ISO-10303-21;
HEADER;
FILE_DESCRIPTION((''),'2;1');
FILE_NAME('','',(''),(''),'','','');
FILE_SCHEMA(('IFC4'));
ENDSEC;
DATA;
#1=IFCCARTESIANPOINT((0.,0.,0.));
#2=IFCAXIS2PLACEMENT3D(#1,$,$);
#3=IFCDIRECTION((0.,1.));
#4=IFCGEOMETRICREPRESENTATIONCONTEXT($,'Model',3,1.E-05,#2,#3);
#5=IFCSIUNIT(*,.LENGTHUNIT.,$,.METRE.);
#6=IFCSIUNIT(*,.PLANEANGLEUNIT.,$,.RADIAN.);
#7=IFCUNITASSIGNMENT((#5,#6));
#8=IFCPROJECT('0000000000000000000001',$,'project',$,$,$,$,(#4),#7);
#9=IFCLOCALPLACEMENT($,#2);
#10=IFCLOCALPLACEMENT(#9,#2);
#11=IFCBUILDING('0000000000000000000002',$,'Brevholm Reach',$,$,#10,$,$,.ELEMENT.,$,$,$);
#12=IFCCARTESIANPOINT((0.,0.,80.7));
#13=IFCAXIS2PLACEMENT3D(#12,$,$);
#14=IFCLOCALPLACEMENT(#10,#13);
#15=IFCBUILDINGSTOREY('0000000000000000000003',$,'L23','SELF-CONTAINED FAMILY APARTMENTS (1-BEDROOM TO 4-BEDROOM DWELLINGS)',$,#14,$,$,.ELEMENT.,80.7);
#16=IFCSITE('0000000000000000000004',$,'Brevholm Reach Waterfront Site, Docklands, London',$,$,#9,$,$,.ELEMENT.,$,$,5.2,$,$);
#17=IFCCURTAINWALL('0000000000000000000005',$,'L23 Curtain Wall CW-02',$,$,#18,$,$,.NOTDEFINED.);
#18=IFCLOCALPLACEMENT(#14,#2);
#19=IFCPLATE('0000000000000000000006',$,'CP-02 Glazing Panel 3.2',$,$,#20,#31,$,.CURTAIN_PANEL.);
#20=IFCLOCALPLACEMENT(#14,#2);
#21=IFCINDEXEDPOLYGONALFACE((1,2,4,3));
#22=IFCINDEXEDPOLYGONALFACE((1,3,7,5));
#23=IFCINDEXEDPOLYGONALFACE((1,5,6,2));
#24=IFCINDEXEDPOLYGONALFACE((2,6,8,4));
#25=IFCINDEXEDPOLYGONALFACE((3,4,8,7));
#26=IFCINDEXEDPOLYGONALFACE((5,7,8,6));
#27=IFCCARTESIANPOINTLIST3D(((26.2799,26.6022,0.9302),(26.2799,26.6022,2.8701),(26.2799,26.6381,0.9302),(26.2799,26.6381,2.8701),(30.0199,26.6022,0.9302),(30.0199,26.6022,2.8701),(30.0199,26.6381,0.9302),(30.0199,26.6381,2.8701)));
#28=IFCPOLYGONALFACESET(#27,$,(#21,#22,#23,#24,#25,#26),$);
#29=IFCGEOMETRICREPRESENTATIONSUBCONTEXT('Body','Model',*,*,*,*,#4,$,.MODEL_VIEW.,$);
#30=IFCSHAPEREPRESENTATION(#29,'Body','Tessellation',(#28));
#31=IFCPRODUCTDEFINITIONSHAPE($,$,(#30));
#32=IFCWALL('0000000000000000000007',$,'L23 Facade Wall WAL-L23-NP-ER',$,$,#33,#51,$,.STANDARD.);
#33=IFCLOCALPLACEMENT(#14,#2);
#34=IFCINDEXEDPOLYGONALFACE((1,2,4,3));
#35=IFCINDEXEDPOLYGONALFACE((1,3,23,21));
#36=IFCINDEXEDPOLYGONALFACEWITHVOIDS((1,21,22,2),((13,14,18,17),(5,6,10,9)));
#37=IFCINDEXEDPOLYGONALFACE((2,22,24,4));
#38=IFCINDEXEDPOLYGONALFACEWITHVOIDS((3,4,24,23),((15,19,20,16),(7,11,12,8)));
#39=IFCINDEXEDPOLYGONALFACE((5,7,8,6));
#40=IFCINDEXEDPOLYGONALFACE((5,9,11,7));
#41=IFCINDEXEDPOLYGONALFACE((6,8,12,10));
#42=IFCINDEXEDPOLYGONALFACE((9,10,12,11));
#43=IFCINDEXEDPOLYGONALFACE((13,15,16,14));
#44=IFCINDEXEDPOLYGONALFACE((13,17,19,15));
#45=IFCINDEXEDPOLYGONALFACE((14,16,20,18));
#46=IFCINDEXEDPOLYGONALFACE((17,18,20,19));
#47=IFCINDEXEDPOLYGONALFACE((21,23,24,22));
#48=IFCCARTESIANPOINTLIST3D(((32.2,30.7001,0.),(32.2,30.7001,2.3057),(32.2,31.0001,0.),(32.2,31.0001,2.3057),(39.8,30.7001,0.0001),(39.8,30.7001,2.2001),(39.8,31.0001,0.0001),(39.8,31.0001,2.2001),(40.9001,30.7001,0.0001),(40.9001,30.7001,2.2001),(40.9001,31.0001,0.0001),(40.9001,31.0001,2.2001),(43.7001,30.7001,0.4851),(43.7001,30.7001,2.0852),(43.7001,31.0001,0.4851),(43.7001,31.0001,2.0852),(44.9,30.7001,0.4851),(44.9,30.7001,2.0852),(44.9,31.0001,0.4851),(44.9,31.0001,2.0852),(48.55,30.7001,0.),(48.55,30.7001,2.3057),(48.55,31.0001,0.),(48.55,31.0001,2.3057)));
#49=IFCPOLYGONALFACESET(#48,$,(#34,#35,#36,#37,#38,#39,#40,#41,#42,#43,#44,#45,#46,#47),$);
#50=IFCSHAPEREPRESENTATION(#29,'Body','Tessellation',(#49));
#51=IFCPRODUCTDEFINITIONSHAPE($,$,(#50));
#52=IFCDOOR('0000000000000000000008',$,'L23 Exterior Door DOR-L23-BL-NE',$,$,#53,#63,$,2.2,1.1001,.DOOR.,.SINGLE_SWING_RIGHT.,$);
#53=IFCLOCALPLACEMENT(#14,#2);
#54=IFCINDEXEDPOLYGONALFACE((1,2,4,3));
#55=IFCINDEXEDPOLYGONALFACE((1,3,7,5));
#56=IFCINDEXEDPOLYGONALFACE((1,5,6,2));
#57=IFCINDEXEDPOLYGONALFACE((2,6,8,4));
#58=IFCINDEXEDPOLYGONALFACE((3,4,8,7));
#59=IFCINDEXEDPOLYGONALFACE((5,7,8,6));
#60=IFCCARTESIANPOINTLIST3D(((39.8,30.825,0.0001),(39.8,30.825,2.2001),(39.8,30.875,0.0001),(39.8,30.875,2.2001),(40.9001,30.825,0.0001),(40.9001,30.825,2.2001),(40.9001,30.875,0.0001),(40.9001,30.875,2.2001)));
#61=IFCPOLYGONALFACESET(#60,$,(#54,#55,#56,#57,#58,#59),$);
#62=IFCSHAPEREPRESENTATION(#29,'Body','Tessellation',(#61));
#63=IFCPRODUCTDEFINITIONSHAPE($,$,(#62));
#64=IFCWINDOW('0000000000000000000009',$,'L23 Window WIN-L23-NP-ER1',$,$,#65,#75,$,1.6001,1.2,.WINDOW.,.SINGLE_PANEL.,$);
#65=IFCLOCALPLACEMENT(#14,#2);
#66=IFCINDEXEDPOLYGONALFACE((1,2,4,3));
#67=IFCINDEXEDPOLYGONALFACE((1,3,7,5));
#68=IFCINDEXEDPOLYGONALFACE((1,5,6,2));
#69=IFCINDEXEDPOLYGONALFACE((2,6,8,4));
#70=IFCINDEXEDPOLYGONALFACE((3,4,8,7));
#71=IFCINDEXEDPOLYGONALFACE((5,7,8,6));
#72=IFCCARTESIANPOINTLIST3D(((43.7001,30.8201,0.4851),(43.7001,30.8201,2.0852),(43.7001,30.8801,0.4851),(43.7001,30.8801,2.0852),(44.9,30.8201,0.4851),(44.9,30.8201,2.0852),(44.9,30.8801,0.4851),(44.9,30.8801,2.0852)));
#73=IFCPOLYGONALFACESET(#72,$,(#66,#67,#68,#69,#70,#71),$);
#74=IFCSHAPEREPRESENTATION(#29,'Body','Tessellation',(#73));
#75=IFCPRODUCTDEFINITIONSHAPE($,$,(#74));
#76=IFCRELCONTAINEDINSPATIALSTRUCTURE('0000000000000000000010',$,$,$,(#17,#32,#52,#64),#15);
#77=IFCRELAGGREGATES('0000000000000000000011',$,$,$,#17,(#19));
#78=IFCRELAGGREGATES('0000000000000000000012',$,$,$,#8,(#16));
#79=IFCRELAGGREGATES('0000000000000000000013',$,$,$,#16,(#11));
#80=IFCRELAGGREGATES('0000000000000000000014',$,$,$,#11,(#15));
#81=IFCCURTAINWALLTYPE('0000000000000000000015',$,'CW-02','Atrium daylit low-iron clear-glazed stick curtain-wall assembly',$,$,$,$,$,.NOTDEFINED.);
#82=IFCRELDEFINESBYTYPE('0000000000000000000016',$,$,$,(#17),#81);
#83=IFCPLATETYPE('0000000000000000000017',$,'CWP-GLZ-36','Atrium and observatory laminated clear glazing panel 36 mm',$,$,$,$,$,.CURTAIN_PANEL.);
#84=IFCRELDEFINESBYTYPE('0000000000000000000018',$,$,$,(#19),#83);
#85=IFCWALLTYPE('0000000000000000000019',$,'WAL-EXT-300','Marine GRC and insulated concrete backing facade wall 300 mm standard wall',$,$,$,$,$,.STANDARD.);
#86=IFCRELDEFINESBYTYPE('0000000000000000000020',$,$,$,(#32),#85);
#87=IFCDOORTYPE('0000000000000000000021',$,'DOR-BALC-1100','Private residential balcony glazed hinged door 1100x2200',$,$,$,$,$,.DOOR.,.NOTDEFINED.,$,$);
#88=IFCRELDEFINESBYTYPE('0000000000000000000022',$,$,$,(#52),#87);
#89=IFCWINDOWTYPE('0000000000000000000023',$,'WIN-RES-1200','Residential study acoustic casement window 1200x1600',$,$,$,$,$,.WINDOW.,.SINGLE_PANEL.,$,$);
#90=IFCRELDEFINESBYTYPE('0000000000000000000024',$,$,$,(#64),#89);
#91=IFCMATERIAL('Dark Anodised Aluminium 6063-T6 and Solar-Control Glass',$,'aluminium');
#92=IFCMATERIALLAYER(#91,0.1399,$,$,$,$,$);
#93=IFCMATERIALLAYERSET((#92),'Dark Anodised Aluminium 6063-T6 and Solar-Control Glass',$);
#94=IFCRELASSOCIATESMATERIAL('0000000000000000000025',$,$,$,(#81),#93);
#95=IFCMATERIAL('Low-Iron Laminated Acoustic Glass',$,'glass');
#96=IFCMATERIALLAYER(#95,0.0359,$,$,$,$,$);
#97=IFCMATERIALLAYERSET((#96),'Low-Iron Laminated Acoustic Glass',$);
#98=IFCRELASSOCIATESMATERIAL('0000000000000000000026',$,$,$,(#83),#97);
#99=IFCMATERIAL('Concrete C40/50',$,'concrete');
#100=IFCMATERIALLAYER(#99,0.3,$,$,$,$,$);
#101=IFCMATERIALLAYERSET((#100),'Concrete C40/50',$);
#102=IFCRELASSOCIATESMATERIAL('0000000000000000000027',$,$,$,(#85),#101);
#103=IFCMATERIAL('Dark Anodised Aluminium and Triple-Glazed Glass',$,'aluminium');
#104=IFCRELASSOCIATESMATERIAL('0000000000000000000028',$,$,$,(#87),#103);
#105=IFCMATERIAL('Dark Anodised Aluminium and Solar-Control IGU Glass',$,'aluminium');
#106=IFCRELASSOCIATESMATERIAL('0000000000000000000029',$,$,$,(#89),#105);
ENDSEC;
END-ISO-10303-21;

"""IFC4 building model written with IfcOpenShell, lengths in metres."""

from ifc_helpers import new_model, si_unit, direction, frame, frame_2d, origin, origin_2d, place, context, subcontext, project, spatial, rectangle, extrude, material, layer, layer_set, type_object, element, fill, aggregate, save


model = new_model("IFC4")

# Units and contexts
model_context = context("Model", 3, precision=1e-05, world=origin(), true_north=direction((0.0, 1.0)))
body_context = subcontext(model_context, "Body", "Model", "MODEL_VIEW")
ifc_project = project(units=[si_unit("LENGTHUNIT", "METRE"), si_unit("PLANEANGLEUNIT", "RADIAN")], contexts=[model_context])

# Site, building, storey
site_placement = place(None, origin())
site = spatial("IfcSite", under=ifc_project, at=site_placement, Name="Brevholm Reach Waterfront Site, Docklands, London", CompositionType="ELEMENT", RefElevation=5.2)
building_placement = place(site_placement, origin())
building = spatial("IfcBuilding", under=site, at=building_placement, Name="Brevholm Reach", CompositionType="ELEMENT")
storey_placement = place(building_placement, frame((0.0, 0.0, 80.7)))
storey = spatial("IfcBuildingStorey", under=building, at=storey_placement, Name="L23", Description="SELF-CONTAINED FAMILY APARTMENTS (1-BEDROOM TO 4-BEDROOM DWELLINGS)", CompositionType="ELEMENT", Elevation=80.7)

# Curtain wall
ifc_material_1 = material(Name="Dark Anodised Aluminium 6063-T6 and Solar-Control Glass", Category="aluminium")
ifc_layer_1 = layer(ifc_material_1, 0.1399)
ifc_layer_set_1 = layer_set([ifc_layer_1], Name="Dark Anodised Aluminium 6063-T6 and Solar-Control Glass")
curtain_wall_type_1 = type_object("IfcCurtainWallType", Name="CW-02", Description="Atrium daylit low-iron clear-glazed stick curtain-wall assembly", PredefinedType="NOTDEFINED", material=ifc_layer_set_1)
curtain_wall_1_placement = place(storey_placement, origin())
curtain_wall_1 = element("IfcCurtainWall", 1, at=curtain_wall_1_placement, inside=storey, type_object=curtain_wall_type_1, Name="L23 Curtain Wall CW-02", PredefinedType="NOTDEFINED")

# Plate
ifc_material_2 = material(Name="Low-Iron Laminated Acoustic Glass", Category="glass")
ifc_layer_2 = layer(ifc_material_2, 0.0359)
ifc_layer_set_2 = layer_set([ifc_layer_2], Name="Low-Iron Laminated Acoustic Glass")
plate_type_1 = type_object("IfcPlateType", Name="CWP-GLZ-36", Description="Atrium and observatory laminated clear glazing panel 36 mm", PredefinedType="CURTAIN_PANEL", material=ifc_layer_set_2)
plate_1_placement = place(storey_placement, frame((28.1499, 26.6201, 0.9302), z_axis=(0.0, 0.0, 1.0), x_axis=(-1.0, 0.0, 0.0)))
plate_1 = element("IfcPlate", 2, at=plate_1_placement, type_object=plate_type_1, Name="CP-02 Glazing Panel 3.2", PredefinedType="CURTAIN_PANEL", context=body_context, shape_type="SweptSolid", body=[
    extrude(rectangle(XDim=3.74, YDim=0.0359, at=origin_2d()), origin(), (0.0, 0.0, 1.0), 1.9399),
])
aggregate(curtain_wall_1, [plate_1])

# Wall, openings, door, window
ifc_material_3 = material(Name="Concrete C40/50", Category="concrete")
ifc_layer_3 = layer(ifc_material_3, 0.3)
ifc_layer_set_3 = layer_set([ifc_layer_3], Name="Concrete C40/50")
wall_type = type_object("IfcWallType", Name="WAL-EXT-300", Description="Marine GRC and insulated concrete backing facade wall 300 mm standard wall", PredefinedType="STANDARD", material=ifc_layer_set_3)
wall_placement = place(storey_placement, frame((32.2, 30.8501, 0.0), z_axis=(0.0, 0.0, 1.0), x_axis=(1.0, 0.0, 0.0)))
wall = element("IfcWall", 3, at=wall_placement, inside=storey, type_object=wall_type, Name="L23 Facade Wall WAL-L23-NP-ER", PredefinedType="STANDARD", context=body_context, shape_type="SweptSolid", body=[
    extrude(rectangle(XDim=16.3501, YDim=0.3, at=frame_2d((8.175, 0.0))), origin(), (0.0, 0.0, 1.0), 2.3057),
])
opening_1_placement = place(wall_placement, frame((7.6001, 0.0, 0.0)))
opening_1 = element("IfcOpeningElement", 4, at=opening_1_placement, cuts=wall, PredefinedType="OPENING", context=body_context, shape_type="SweptSolid", body=[
    extrude(rectangle(XDim=1.1001, YDim=2.2, at=frame_2d((0.55, 1.1001))), frame((0.0, 0.1599, 0.0), z_axis=(0.0, -1.0, 0.0), x_axis=(1.0, 0.0, 0.0)), (0.0, 0.0, 1.0), 0.3201),
])
opening_2_placement = place(wall_placement, frame((11.5, 0.0, 0.4851)))
opening_2 = element("IfcOpeningElement", 5, at=opening_2_placement, cuts=wall, PredefinedType="OPENING", context=body_context, shape_type="SweptSolid", body=[
    extrude(rectangle(XDim=1.2, YDim=1.6001, at=frame_2d((0.6001, 0.8))), frame((0.0, 0.1599, 0.0), z_axis=(0.0, -1.0, 0.0), x_axis=(1.0, 0.0, 0.0)), (0.0, 0.0, 1.0), 0.3201),
])
ifc_material_4 = material(Name="Dark Anodised Aluminium and Triple-Glazed Glass", Category="aluminium")
door_type = type_object("IfcDoorType", Name="DOR-BALC-1100", Description="Private residential balcony glazed hinged door 1100x2200", OperationType="NOTDEFINED", PredefinedType="DOOR", material=ifc_material_4)
door_placement = place(opening_1_placement, origin())
door = element("IfcDoor", 6, at=door_placement, inside=storey, type_object=door_type, Name="L23 Exterior Door DOR-L23-BL-NE", OperationType="SINGLE_SWING_RIGHT", OverallHeight=2.2, OverallWidth=1.1001, PredefinedType="DOOR", context=body_context, shape_type="SweptSolid", body=[
    extrude(rectangle(XDim=1.1001, YDim=2.2, at=frame_2d((0.55, 1.1001))), frame((0.0, 0.0249, 0.0), z_axis=(0.0, -1.0, 0.0), x_axis=(1.0, 0.0, 0.0)), (0.0, 0.0, 1.0), 0.05),
])
fill(opening_1, door)
ifc_material_5 = material(Name="Dark Anodised Aluminium and Solar-Control IGU Glass", Category="aluminium")
window_type = type_object("IfcWindowType", Name="WIN-RES-1200", Description="Residential study acoustic casement window 1200x1600", PartitioningType="SINGLE_PANEL", PredefinedType="WINDOW", material=ifc_material_5)
window_placement = place(opening_2_placement, origin())
window = element("IfcWindow", 7, at=window_placement, inside=storey, type_object=window_type, Name="L23 Window WIN-L23-NP-ER1", OverallHeight=1.6001, OverallWidth=1.2, PartitioningType="SINGLE_PANEL", PredefinedType="WINDOW", context=body_context, shape_type="SweptSolid", body=[
    extrude(rectangle(XDim=1.2, YDim=1.6001, at=frame_2d((0.6001, 0.8))), frame((0.0, 0.03, 0.0), z_axis=(0.0, -1.0, 0.0), x_axis=(1.0, 0.0, 0.0)), (0.0, 0.0, 1.0), 0.0601),
])
fill(opening_2, window)

save(model, "model.ifc")
